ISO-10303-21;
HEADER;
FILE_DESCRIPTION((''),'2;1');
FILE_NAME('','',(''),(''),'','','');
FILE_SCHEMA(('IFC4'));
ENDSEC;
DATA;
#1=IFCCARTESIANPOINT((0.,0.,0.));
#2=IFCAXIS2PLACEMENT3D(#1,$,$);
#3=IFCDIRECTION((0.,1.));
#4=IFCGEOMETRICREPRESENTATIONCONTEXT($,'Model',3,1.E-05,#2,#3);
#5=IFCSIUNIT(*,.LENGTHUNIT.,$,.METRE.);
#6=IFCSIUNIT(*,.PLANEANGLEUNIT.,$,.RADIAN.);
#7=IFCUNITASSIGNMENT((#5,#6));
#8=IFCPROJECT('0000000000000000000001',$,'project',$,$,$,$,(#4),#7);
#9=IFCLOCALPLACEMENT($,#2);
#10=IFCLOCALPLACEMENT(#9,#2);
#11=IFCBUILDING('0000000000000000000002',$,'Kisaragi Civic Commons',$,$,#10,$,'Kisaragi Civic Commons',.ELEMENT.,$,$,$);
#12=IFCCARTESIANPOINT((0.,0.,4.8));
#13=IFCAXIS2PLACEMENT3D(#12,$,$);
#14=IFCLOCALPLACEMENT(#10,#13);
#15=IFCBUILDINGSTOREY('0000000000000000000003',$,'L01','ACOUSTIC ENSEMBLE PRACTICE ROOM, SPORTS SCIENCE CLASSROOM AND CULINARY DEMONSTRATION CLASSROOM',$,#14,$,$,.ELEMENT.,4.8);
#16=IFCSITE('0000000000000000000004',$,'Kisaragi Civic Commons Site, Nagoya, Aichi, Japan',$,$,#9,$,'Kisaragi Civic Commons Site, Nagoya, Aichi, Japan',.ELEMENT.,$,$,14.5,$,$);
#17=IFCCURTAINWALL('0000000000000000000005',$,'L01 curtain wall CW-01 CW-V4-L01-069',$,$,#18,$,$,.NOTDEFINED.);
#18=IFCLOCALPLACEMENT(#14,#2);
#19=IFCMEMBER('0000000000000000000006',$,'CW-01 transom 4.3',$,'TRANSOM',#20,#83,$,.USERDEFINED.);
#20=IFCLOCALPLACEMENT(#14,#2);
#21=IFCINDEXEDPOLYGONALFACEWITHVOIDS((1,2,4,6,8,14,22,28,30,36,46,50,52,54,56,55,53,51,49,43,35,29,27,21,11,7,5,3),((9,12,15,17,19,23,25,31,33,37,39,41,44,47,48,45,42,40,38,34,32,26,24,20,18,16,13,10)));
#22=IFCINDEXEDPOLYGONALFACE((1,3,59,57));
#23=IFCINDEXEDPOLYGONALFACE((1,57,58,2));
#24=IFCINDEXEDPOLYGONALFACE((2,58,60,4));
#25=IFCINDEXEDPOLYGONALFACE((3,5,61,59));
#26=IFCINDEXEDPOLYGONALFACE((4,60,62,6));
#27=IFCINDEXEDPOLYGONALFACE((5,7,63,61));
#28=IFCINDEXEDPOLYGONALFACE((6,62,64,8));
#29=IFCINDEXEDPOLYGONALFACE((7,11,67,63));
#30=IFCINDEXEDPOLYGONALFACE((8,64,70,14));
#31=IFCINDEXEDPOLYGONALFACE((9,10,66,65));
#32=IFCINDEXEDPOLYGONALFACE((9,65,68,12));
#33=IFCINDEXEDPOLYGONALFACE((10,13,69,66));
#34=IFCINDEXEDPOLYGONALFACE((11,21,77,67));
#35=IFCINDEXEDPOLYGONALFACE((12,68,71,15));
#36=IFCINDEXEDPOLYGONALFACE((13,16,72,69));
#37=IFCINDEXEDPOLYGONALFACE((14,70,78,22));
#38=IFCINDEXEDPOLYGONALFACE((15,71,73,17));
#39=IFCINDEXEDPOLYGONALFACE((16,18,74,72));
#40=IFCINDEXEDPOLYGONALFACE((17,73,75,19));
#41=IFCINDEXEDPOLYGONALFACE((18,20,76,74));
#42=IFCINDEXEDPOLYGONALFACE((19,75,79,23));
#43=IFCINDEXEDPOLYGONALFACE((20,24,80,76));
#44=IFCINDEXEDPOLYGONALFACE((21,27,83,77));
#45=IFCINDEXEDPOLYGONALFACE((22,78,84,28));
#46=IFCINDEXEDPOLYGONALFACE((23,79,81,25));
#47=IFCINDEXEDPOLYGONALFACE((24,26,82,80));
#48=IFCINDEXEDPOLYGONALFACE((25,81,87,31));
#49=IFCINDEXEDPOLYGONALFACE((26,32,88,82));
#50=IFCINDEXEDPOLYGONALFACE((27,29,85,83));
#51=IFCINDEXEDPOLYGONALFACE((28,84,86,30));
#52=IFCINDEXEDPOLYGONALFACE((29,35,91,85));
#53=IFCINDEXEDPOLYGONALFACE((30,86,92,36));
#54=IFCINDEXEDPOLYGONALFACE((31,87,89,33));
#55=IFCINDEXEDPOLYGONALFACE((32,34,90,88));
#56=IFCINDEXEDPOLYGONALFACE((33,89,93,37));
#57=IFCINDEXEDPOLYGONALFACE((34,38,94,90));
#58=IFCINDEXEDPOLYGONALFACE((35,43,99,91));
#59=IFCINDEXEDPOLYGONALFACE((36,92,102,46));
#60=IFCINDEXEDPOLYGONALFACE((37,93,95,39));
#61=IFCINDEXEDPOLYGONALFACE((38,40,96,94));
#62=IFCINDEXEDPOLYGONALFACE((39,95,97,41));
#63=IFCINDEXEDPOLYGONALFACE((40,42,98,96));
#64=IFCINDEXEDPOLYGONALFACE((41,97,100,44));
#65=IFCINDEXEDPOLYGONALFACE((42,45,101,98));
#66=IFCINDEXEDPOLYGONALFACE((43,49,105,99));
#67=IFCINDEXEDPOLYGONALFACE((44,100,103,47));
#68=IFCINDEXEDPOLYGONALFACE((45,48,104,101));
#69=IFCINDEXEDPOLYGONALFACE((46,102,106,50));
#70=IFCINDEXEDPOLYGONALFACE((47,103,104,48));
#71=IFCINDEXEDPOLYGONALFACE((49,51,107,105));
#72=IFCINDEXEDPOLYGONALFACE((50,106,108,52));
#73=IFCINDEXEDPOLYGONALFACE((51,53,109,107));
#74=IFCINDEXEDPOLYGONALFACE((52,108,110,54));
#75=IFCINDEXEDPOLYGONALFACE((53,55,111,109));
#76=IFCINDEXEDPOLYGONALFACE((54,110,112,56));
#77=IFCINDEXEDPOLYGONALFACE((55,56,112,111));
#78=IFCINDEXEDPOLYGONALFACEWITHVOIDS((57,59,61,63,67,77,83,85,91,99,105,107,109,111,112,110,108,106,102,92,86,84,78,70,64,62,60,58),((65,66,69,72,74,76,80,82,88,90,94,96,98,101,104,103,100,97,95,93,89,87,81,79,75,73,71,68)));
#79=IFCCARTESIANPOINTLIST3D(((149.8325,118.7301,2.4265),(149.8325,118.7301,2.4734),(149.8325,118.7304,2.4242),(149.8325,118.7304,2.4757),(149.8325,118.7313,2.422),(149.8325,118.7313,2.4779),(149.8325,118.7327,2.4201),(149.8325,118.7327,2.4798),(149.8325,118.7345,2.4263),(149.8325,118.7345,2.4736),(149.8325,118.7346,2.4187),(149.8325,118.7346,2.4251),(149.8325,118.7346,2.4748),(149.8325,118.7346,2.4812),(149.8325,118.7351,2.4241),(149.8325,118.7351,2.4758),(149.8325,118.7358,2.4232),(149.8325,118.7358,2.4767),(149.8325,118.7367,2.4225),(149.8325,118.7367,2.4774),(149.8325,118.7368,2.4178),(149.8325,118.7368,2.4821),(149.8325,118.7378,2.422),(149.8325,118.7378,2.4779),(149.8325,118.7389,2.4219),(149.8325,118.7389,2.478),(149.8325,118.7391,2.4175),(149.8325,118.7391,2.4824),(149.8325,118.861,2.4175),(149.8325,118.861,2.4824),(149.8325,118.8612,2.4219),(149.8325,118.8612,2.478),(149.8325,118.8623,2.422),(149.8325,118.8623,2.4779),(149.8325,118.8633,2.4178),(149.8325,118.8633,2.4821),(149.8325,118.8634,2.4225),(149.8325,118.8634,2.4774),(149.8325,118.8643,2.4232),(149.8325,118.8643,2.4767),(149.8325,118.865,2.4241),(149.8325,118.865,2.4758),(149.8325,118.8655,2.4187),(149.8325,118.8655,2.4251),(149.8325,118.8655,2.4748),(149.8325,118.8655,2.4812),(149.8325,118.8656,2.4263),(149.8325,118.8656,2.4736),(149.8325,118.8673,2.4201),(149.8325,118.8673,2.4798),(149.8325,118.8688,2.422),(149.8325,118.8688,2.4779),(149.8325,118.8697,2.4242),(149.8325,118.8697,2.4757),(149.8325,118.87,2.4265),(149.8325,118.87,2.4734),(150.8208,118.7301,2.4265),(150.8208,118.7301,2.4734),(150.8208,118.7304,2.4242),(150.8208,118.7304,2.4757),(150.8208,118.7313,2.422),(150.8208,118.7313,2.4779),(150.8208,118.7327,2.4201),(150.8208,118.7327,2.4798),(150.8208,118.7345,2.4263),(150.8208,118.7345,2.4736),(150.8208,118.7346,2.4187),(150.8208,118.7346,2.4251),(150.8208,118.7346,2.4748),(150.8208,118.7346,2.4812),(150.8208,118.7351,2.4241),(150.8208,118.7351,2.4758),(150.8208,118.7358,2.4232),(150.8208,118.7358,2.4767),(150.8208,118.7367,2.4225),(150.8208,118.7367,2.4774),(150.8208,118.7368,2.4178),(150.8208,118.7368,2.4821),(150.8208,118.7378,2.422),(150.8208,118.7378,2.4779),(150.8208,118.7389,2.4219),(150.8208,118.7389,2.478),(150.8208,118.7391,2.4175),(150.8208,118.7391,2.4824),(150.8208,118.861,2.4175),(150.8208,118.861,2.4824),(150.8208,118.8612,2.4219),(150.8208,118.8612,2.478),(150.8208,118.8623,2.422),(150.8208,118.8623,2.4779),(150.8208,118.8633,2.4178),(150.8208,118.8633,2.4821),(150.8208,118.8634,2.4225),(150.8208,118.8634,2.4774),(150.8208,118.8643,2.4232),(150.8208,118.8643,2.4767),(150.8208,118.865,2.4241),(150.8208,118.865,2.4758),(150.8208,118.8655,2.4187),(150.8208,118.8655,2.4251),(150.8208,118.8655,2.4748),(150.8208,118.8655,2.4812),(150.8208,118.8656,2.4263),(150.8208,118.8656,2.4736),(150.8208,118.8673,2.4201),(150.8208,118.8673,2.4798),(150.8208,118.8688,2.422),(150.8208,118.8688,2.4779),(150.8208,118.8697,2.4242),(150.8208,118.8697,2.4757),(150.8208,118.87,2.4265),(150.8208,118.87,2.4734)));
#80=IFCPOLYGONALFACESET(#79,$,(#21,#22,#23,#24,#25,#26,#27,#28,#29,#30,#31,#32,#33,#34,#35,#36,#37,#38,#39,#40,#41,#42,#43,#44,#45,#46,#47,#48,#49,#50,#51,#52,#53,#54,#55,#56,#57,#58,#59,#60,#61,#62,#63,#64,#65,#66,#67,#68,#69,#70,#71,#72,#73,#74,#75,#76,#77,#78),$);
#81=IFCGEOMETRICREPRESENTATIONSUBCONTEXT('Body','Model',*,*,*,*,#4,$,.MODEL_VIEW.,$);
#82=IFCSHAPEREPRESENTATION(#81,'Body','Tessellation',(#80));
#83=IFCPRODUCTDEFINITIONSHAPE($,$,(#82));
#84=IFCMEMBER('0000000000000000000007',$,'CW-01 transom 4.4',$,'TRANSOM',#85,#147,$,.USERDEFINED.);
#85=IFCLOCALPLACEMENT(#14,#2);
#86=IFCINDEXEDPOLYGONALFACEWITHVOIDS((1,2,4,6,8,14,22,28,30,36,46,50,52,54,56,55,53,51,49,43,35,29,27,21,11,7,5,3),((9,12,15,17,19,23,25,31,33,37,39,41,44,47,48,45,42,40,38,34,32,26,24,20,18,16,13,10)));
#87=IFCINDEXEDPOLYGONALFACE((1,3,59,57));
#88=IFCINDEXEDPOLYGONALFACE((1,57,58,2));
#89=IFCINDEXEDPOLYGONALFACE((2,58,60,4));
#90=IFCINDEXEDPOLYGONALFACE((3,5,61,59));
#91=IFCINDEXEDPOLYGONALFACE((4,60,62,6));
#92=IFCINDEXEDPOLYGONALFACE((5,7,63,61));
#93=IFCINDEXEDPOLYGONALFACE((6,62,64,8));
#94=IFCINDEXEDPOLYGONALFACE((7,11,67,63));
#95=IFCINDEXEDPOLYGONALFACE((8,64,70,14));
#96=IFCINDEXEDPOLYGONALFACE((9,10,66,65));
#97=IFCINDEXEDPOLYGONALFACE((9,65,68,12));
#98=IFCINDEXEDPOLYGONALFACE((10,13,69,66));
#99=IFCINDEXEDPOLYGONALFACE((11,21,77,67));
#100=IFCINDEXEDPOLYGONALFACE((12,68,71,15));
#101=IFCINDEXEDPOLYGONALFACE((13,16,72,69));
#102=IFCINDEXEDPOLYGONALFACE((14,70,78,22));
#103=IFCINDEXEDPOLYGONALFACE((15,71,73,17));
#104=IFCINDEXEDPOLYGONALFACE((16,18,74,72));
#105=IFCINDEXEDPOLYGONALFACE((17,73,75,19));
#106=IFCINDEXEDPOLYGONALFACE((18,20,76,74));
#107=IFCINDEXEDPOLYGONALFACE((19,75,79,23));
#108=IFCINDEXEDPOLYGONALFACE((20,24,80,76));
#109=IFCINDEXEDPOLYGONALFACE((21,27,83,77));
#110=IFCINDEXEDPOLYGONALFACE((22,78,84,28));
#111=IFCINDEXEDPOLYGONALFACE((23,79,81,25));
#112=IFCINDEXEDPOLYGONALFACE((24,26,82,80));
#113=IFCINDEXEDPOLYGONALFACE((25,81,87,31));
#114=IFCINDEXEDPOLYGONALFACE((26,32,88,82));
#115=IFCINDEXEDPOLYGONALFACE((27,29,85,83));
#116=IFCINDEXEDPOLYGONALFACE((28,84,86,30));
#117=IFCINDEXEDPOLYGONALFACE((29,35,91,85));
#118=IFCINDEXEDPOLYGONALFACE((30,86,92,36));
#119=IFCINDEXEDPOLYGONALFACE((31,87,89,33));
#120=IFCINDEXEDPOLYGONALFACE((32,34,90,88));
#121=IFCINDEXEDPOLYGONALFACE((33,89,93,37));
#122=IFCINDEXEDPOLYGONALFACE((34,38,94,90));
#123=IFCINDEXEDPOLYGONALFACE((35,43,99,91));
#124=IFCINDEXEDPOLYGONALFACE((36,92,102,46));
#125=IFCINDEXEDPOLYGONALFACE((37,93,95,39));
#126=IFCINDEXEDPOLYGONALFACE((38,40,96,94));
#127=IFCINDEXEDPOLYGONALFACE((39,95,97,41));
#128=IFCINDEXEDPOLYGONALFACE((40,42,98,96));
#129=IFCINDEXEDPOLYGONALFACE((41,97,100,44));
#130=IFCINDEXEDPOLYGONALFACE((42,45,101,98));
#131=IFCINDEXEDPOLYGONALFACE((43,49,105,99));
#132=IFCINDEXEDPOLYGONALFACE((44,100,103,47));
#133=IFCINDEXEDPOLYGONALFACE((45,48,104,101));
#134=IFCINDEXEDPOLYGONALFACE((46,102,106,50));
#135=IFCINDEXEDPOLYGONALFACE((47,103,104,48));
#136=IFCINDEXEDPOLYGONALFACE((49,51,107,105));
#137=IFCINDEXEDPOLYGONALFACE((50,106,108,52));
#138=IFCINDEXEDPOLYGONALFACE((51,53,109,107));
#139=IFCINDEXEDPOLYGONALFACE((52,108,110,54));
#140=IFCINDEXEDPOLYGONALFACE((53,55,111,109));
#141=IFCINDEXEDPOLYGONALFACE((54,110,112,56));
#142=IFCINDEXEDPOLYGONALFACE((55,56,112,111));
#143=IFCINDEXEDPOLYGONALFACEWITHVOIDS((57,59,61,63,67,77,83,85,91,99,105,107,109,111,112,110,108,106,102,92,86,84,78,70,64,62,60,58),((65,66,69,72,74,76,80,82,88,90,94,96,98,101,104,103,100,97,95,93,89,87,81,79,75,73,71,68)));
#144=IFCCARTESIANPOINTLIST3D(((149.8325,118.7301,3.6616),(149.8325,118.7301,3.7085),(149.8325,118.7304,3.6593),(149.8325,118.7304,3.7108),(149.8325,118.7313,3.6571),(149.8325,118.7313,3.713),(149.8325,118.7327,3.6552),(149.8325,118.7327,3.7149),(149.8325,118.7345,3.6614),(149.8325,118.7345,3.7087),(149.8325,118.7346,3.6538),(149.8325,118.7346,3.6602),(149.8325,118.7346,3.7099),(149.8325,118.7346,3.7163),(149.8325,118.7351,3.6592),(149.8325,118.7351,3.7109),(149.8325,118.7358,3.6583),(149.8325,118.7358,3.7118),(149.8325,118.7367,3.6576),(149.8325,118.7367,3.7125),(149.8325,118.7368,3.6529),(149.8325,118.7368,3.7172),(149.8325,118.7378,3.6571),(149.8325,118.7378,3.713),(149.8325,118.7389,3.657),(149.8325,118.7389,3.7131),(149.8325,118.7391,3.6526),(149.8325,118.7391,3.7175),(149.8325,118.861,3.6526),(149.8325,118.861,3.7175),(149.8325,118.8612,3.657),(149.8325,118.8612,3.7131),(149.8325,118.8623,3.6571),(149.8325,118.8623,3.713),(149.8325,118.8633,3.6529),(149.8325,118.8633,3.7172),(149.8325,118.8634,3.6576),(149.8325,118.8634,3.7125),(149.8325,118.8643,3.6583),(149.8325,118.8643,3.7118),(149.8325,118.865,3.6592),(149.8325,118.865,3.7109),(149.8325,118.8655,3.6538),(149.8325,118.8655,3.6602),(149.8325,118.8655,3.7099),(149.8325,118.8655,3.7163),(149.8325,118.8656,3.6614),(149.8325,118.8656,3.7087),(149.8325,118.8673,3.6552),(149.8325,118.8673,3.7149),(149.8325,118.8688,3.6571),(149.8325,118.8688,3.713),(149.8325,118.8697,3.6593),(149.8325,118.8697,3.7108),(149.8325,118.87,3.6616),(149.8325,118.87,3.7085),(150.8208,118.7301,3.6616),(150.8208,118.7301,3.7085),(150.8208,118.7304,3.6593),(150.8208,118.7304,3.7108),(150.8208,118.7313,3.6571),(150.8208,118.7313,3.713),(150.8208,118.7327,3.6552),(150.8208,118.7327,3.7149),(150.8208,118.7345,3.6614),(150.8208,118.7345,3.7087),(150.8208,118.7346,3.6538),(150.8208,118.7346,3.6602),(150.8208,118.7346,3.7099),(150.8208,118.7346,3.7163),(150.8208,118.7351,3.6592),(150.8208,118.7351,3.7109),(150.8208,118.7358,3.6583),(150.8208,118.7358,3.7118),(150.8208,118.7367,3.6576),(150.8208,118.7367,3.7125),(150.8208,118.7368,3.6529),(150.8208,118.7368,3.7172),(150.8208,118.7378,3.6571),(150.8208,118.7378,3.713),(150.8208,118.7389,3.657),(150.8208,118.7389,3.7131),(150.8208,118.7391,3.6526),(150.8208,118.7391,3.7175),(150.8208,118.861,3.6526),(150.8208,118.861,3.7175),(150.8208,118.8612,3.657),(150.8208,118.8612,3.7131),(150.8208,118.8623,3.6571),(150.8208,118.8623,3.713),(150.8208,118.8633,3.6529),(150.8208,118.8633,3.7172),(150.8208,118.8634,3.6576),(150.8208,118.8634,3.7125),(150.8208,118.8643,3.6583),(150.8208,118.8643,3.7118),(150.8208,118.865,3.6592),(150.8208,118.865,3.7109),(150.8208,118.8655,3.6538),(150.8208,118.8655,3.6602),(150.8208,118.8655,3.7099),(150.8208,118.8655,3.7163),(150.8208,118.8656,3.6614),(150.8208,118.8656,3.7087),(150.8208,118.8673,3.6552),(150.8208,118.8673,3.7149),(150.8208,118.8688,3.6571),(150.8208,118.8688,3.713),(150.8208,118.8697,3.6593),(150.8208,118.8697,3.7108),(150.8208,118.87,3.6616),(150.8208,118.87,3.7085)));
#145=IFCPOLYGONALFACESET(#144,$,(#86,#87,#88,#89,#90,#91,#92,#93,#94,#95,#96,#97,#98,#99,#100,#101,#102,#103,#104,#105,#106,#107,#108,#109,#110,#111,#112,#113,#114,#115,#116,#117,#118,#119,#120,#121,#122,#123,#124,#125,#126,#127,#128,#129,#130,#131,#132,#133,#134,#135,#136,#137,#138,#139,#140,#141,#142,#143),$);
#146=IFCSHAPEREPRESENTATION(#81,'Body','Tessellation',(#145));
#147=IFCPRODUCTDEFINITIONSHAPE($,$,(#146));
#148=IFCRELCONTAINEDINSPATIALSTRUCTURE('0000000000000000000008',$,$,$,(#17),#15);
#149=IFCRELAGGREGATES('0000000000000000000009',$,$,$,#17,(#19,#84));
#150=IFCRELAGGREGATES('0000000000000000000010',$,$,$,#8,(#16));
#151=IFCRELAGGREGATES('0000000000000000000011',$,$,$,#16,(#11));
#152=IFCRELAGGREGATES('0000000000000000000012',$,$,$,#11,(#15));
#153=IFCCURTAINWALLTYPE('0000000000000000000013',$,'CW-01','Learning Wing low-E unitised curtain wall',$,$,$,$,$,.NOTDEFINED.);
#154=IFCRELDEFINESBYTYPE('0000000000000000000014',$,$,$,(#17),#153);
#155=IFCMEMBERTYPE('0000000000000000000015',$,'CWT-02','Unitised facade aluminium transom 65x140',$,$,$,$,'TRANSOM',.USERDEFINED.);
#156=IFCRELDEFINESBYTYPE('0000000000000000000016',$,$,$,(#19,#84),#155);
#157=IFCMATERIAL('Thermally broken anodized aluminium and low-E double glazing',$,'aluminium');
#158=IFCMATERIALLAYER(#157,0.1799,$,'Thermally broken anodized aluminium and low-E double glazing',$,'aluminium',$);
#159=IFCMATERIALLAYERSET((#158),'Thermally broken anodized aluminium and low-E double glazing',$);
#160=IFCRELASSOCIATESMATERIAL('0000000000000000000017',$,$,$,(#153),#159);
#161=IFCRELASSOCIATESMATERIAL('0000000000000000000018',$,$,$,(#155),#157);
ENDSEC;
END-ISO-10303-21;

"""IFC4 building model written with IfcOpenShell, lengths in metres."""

from ifc_helpers import new_model, si_unit, direction, frame, origin, origin_2d, place, context, subcontext, project, spatial, hollow_rectangle, extrude, material, layer, layer_set, material_profile, profile_set, type_object, element, aggregate, save


model = new_model("IFC4")

# Units and contexts
model_context = context("Model", 3, precision=1e-05, world=origin(), true_north=direction((0.0, 1.0)))
body_context = subcontext(model_context, "Body", "Model", "MODEL_VIEW")
ifc_project = project(units=[si_unit("LENGTHUNIT", "METRE"), si_unit("PLANEANGLEUNIT", "RADIAN")], contexts=[model_context])

# Site, building, storey
site_placement = place(None, origin())
site = spatial("IfcSite", under=ifc_project, at=site_placement, Name="Kisaragi Civic Commons Site, Nagoya, Aichi, Japan", LongName="Kisaragi Civic Commons Site, Nagoya, Aichi, Japan", CompositionType="ELEMENT", RefElevation=14.5)
building_placement = place(site_placement, origin())
building = spatial("IfcBuilding", under=site, at=building_placement, Name="Kisaragi Civic Commons", LongName="Kisaragi Civic Commons", CompositionType="ELEMENT")
storey_placement = place(building_placement, frame((0.0, 0.0, 4.8)))
storey = spatial("IfcBuildingStorey", under=building, at=storey_placement, Name="L01", Description="ACOUSTIC ENSEMBLE PRACTICE ROOM, SPORTS SCIENCE CLASSROOM AND CULINARY DEMONSTRATION CLASSROOM", CompositionType="ELEMENT", Elevation=4.8)

# Curtain wall, members
ifc_material = material(Name="Thermally broken anodized aluminium and low-E double glazing", Category="aluminium")
ifc_layer_1 = layer(ifc_material, 0.1799, Name="Thermally broken anodized aluminium and low-E double glazing", Category="aluminium")
ifc_layer_set_1 = layer_set([ifc_layer_1], Name="Thermally broken anodized aluminium and low-E double glazing")
curtain_wall_type = type_object("IfcCurtainWallType", Name="CW-01", Description="Learning Wing low-E unitised curtain wall", PredefinedType="NOTDEFINED", material=ifc_layer_set_1)
curtain_wall_placement = place(storey_placement, origin())
curtain_wall = element("IfcCurtainWall", 1, at=curtain_wall_placement, inside=storey, type_object=curtain_wall_type, Name="L01 curtain wall CW-01 CW-V4-L01-069", PredefinedType="NOTDEFINED")
ifc_material_profile_1 = material_profile(ifc_material, hollow_rectangle(XDim=0.1399, YDim=0.0649, WallThickness=0.0044, InnerFilletRadius=0.0044, OuterFilletRadius=0.009, at=origin_2d()), Name="CWT-65x140x4.5", Category="aluminium")
ifc_profile_set_1 = profile_set([ifc_material_profile_1], Name="Thermally broken anodized aluminium and low-E double glazing")
member_type_1 = type_object("IfcMemberType", Name="CWT-02", Description="Unitised facade aluminium transom 65x140", ElementType="TRANSOM", PredefinedType="USERDEFINED", material=ifc_profile_set_1)
member_1_placement = place(storey_placement, frame((149.8325, 118.8, 2.45), z_axis=(1.0, 0.0, 0.0), x_axis=(0.0, 1.0, 0.0)))
member_1 = element("IfcMember", 2, at=member_1_placement, type_object=member_type_1, Name="CW-01 transom 4.3", ObjectType="TRANSOM", PredefinedType="USERDEFINED", context=body_context, shape_type="SweptSolid", body=[
    extrude(hollow_rectangle(XDim=0.1399, YDim=0.0649, WallThickness=0.0044, InnerFilletRadius=0.0044, OuterFilletRadius=0.009, at=origin_2d()), origin(), (0.0, 0.0, 1.0), 0.9883),
])
member_2_placement = place(storey_placement, frame((149.8325, 118.8, 3.6851), z_axis=(1.0, 0.0, 0.0), x_axis=(0.0, 1.0, 0.0)))
member_2 = element("IfcMember", 3, at=member_2_placement, type_object=member_type_1, Name="CW-01 transom 4.4", ObjectType="TRANSOM", PredefinedType="USERDEFINED", context=body_context, shape_type="SweptSolid", body=[
    extrude(hollow_rectangle(XDim=0.1399, YDim=0.0649, WallThickness=0.0044, InnerFilletRadius=0.0044, OuterFilletRadius=0.009, at=origin_2d()), origin(), (0.0, 0.0, 1.0), 0.9883),
])
aggregate(curtain_wall, [member_1, member_2])

save(model, "model.ifc")
